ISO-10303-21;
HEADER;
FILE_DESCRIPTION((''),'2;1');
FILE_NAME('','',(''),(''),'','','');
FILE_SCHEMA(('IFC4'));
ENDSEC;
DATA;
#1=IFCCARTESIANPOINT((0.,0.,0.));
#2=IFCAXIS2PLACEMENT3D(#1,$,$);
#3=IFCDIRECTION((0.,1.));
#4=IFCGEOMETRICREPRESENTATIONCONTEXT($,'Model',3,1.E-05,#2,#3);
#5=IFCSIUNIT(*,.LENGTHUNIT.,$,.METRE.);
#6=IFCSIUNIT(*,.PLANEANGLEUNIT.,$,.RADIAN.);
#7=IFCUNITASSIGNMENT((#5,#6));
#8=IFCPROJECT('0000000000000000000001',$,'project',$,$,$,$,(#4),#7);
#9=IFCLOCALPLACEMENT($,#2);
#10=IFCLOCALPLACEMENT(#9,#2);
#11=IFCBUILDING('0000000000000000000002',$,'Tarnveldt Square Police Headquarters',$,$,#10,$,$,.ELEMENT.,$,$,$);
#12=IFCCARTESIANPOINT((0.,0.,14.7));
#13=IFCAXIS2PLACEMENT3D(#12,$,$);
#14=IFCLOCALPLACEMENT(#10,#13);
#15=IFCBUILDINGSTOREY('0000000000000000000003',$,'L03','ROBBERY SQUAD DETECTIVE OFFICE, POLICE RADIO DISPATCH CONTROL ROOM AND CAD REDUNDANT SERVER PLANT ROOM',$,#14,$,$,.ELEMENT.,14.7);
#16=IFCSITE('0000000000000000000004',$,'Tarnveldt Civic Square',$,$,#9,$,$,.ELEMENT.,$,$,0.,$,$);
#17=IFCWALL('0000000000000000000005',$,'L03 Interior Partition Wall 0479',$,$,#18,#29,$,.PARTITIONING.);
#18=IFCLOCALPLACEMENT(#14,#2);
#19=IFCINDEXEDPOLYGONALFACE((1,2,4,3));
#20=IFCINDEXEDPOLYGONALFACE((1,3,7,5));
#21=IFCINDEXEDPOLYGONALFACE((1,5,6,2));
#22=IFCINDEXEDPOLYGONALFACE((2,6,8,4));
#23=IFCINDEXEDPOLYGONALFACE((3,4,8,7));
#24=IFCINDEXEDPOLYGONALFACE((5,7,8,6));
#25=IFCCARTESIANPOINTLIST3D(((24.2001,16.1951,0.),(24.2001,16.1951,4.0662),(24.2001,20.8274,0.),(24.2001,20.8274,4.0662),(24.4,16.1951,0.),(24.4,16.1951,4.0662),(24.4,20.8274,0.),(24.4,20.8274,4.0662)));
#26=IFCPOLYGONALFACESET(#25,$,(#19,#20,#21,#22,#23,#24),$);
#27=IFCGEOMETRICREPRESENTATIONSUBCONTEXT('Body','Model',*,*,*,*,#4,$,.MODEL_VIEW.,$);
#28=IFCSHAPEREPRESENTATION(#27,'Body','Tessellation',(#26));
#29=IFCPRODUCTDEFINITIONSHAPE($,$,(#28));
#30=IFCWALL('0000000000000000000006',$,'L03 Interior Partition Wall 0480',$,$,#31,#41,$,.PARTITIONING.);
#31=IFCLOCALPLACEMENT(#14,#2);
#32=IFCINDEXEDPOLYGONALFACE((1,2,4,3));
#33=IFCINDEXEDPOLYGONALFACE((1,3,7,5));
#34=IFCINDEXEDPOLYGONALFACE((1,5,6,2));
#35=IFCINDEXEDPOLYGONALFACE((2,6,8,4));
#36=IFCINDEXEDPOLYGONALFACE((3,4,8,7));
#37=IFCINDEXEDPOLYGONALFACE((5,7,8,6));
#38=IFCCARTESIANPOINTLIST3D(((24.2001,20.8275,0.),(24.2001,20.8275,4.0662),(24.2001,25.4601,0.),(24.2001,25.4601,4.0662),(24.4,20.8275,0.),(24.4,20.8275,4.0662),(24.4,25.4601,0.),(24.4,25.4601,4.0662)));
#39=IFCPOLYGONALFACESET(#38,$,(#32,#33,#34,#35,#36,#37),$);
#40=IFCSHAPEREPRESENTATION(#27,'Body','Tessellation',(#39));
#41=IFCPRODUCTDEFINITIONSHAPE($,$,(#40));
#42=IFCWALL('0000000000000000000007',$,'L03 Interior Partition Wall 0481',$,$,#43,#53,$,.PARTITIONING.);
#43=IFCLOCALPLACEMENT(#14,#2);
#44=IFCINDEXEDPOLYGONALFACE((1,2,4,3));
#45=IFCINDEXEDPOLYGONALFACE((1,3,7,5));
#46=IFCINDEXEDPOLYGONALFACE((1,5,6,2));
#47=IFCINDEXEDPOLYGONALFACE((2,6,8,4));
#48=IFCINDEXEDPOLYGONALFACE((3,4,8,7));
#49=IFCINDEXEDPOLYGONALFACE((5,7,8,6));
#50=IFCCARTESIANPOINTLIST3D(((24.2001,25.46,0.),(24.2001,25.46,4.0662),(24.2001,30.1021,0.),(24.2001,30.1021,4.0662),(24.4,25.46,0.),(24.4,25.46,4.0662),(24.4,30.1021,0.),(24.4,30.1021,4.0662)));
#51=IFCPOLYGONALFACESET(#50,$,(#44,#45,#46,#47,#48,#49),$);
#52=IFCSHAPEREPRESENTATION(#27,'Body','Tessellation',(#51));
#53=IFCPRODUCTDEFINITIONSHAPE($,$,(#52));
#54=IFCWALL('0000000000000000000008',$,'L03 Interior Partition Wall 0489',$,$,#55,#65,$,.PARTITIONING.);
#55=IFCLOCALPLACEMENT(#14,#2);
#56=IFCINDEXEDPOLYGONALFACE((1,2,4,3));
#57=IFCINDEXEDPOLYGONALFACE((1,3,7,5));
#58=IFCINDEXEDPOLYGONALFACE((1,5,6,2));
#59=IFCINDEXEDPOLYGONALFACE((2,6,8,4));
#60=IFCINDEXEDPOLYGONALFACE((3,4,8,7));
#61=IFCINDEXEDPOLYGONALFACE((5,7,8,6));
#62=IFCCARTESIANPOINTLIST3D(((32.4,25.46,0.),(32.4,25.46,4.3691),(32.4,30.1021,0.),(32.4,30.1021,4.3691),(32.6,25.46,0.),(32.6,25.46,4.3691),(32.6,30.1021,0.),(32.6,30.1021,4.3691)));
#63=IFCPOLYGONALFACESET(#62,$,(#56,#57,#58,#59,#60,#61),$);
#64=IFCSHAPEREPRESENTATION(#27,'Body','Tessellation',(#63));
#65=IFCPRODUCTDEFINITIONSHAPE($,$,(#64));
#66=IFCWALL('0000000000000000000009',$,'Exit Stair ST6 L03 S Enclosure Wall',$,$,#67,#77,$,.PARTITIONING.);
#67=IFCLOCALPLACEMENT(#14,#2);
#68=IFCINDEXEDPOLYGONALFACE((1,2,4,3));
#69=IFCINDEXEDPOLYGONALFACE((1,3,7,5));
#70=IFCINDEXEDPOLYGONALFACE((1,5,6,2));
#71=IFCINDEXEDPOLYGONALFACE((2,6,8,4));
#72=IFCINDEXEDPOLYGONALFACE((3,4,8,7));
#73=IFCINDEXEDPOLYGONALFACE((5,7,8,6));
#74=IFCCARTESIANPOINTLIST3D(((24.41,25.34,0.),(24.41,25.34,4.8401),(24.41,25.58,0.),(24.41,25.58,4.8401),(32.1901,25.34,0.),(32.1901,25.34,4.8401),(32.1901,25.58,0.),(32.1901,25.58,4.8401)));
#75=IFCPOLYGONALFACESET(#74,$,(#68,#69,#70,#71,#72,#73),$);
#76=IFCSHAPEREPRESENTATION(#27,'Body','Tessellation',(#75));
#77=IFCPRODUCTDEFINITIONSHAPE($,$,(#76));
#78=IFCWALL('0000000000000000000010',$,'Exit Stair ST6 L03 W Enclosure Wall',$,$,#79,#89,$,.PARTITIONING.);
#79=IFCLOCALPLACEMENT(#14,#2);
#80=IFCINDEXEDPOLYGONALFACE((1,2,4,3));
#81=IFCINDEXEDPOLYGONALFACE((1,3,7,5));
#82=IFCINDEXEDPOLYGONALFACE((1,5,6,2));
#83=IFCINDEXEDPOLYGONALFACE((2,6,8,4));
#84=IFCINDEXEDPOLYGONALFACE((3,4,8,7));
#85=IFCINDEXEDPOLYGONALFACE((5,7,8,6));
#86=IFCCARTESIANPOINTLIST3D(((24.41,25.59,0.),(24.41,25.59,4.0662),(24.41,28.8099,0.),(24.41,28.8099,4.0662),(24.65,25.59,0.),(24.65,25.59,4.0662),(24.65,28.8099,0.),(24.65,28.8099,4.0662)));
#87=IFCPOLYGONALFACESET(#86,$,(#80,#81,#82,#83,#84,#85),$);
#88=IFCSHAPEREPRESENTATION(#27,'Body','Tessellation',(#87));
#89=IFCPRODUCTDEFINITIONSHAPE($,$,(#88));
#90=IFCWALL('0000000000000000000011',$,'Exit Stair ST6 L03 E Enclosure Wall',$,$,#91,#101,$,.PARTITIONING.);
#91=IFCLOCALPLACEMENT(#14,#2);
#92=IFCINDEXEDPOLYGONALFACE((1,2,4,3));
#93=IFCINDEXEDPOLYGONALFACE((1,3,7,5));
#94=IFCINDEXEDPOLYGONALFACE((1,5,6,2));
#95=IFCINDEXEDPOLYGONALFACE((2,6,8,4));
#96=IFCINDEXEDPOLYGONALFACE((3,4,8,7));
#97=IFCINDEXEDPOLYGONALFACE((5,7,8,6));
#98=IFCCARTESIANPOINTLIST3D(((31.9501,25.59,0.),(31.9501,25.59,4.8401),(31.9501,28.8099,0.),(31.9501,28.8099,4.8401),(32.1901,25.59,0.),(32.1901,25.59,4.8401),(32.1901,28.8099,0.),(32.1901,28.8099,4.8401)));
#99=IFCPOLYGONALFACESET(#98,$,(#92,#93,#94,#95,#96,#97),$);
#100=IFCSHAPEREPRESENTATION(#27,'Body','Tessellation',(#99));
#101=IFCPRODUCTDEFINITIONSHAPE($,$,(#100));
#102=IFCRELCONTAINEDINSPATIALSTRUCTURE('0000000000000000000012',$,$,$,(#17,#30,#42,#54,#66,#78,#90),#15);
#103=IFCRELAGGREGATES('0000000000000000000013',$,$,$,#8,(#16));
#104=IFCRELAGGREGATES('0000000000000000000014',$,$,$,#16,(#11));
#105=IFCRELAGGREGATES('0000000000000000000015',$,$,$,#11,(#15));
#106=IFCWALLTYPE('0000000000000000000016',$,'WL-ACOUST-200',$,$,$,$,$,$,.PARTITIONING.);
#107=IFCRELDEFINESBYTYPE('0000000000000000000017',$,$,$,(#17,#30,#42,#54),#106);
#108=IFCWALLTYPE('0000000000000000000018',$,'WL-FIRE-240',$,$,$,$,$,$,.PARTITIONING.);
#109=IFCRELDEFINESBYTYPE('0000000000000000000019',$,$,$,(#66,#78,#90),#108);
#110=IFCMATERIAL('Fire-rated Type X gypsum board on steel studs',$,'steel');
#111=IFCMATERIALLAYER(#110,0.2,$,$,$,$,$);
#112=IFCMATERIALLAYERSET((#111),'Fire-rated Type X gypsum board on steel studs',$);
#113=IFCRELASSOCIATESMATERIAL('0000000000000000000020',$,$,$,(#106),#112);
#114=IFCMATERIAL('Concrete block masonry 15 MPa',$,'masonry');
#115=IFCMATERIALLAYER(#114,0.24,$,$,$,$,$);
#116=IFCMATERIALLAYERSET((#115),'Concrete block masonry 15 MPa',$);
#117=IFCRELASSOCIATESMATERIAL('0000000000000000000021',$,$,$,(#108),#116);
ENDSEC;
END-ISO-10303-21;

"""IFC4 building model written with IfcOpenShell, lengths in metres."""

from ifc_helpers import new_model, si_unit, direction, frame, frame_2d, origin, place, context, subcontext, project, spatial, rectangle, extrude, material, layer, layer_set, type_object, element, save


model = new_model("IFC4")

# Units and contexts
model_context = context("Model", 3, precision=1e-05, world=origin(), true_north=direction((0.0, 1.0)))
body_context = subcontext(model_context, "Body", "Model", "MODEL_VIEW")
ifc_project = project(units=[si_unit("LENGTHUNIT", "METRE"), si_unit("PLANEANGLEUNIT", "RADIAN")], contexts=[model_context])

# Site, building, storey
site_placement = place(None, origin())
site = spatial("IfcSite", under=ifc_project, at=site_placement, Name="Tarnveldt Civic Square", CompositionType="ELEMENT", RefElevation=0.0)
building_placement = place(site_placement, origin())
building = spatial("IfcBuilding", under=site, at=building_placement, Name="Tarnveldt Square Police Headquarters", CompositionType="ELEMENT")
storey_placement = place(building_placement, frame((0.0, 0.0, 14.7)))
storey = spatial("IfcBuildingStorey", under=building, at=storey_placement, Name="L03", Description="ROBBERY SQUAD DETECTIVE OFFICE, POLICE RADIO DISPATCH CONTROL ROOM AND CAD REDUNDANT SERVER PLANT ROOM", CompositionType="ELEMENT", Elevation=14.7)

# Walls
ifc_material_1 = material(Name="Fire-rated Type X gypsum board on steel studs", Category="steel")
ifc_layer_1 = layer(ifc_material_1, 0.2)
ifc_layer_set_1 = layer_set([ifc_layer_1], Name="Fire-rated Type X gypsum board on steel studs")
wall_type_1 = type_object("IfcWallType", Name="WL-ACOUST-200", PredefinedType="PARTITIONING", material=ifc_layer_set_1)
wall_1_placement = place(storey_placement, frame((24.3, 16.1951, 0.0), z_axis=(0.0, 0.0, 1.0), x_axis=(0.0, 1.0, 0.0)))
element("IfcWall", 1, at=wall_1_placement, inside=storey, type_object=wall_type_1, Name="L03 Interior Partition Wall 0479", PredefinedType="PARTITIONING", context=body_context, shape_type="SweptSolid", body=[
    extrude(rectangle(XDim=4.6323, YDim=0.2, at=frame_2d((2.3162, 0.0))), origin(), (0.0, 0.0, 1.0), 4.0662),
])
wall_2_placement = place(storey_placement, frame((24.3, 20.8274, 0.0), z_axis=(0.0, 0.0, 1.0), x_axis=(0.0, 1.0, 0.0)))
element("IfcWall", 2, at=wall_2_placement, inside=storey, type_object=wall_type_1, Name="L03 Interior Partition Wall 0480", PredefinedType="PARTITIONING", context=body_context, shape_type="SweptSolid", body=[
    extrude(rectangle(XDim=4.6326, YDim=0.2, at=frame_2d((2.3164, 0.0))), origin(), (0.0, 0.0, 1.0), 4.0662),
])
wall_3_placement = place(storey_placement, frame((24.3, 25.46, 0.0), z_axis=(0.0, 0.0, 1.0), x_axis=(0.0, 1.0, 0.0)))
element("IfcWall", 3, at=wall_3_placement, inside=storey, type_object=wall_type_1, Name="L03 Interior Partition Wall 0481", PredefinedType="PARTITIONING", context=body_context, shape_type="SweptSolid", body=[
    extrude(rectangle(XDim=4.6421, YDim=0.2, at=frame_2d((2.321, 0.0))), origin(), (0.0, 0.0, 1.0), 4.0662),
])
wall_4_placement = place(storey_placement, frame((32.5, 25.46, 0.0), z_axis=(0.0, 0.0, 1.0), x_axis=(0.0, 1.0, 0.0)))
element("IfcWall", 4, at=wall_4_placement, inside=storey, type_object=wall_type_1, Name="L03 Interior Partition Wall 0489", PredefinedType="PARTITIONING", context=body_context, shape_type="SweptSolid", body=[
    extrude(rectangle(XDim=4.6421, YDim=0.2, at=frame_2d((2.321, 0.0))), origin(), (0.0, 0.0, 1.0), 4.3691),
])
ifc_material_2 = material(Name="Concrete block masonry 15 MPa", Category="masonry")
ifc_layer_2 = layer(ifc_material_2, 0.24)
ifc_layer_set_2 = layer_set([ifc_layer_2], Name="Concrete block masonry 15 MPa")
wall_type_2 = type_object("IfcWallType", Name="WL-FIRE-240", PredefinedType="PARTITIONING", material=ifc_layer_set_2)
wall_5_placement = place(storey_placement, frame((24.4099, 25.46, 0.0), z_axis=(0.0, 0.0, 1.0), x_axis=(1.0, 0.0, 0.0)))
element("IfcWall", 5, at=wall_5_placement, inside=storey, type_object=wall_type_2, Name="Exit Stair ST6 L03 S Enclosure Wall", PredefinedType="PARTITIONING", context=body_context, shape_type="SweptSolid", body=[
    extrude(rectangle(XDim=7.78, YDim=0.24, at=frame_2d((3.8901, 0.0))), origin(), (0.0, 0.0, 1.0), 4.8401),
])
wall_6_placement = place(storey_placement, frame((24.53, 25.5901, 0.0), z_axis=(0.0, 0.0, 1.0), x_axis=(0.0, 1.0, 0.0)))
element("IfcWall", 6, at=wall_6_placement, inside=storey, type_object=wall_type_2, Name="Exit Stair ST6 L03 W Enclosure Wall", PredefinedType="PARTITIONING", context=body_context, shape_type="SweptSolid", body=[
    extrude(rectangle(XDim=3.22, YDim=0.24, at=frame_2d((1.6099, 0.0))), origin(), (0.0, 0.0, 1.0), 4.0662),
])
wall_7_placement = place(storey_placement, frame((32.0701, 25.5901, 0.0), z_axis=(0.0, 0.0, 1.0), x_axis=(0.0, 1.0, 0.0)))
element("IfcWall", 7, at=wall_7_placement, inside=storey, type_object=wall_type_2, Name="Exit Stair ST6 L03 E Enclosure Wall", PredefinedType="PARTITIONING", context=body_context, shape_type="SweptSolid", body=[
    extrude(rectangle(XDim=3.22, YDim=0.24, at=frame_2d((1.6099, 0.0))), origin(), (0.0, 0.0, 1.0), 4.8401),
])

save(model, "model.ifc")
